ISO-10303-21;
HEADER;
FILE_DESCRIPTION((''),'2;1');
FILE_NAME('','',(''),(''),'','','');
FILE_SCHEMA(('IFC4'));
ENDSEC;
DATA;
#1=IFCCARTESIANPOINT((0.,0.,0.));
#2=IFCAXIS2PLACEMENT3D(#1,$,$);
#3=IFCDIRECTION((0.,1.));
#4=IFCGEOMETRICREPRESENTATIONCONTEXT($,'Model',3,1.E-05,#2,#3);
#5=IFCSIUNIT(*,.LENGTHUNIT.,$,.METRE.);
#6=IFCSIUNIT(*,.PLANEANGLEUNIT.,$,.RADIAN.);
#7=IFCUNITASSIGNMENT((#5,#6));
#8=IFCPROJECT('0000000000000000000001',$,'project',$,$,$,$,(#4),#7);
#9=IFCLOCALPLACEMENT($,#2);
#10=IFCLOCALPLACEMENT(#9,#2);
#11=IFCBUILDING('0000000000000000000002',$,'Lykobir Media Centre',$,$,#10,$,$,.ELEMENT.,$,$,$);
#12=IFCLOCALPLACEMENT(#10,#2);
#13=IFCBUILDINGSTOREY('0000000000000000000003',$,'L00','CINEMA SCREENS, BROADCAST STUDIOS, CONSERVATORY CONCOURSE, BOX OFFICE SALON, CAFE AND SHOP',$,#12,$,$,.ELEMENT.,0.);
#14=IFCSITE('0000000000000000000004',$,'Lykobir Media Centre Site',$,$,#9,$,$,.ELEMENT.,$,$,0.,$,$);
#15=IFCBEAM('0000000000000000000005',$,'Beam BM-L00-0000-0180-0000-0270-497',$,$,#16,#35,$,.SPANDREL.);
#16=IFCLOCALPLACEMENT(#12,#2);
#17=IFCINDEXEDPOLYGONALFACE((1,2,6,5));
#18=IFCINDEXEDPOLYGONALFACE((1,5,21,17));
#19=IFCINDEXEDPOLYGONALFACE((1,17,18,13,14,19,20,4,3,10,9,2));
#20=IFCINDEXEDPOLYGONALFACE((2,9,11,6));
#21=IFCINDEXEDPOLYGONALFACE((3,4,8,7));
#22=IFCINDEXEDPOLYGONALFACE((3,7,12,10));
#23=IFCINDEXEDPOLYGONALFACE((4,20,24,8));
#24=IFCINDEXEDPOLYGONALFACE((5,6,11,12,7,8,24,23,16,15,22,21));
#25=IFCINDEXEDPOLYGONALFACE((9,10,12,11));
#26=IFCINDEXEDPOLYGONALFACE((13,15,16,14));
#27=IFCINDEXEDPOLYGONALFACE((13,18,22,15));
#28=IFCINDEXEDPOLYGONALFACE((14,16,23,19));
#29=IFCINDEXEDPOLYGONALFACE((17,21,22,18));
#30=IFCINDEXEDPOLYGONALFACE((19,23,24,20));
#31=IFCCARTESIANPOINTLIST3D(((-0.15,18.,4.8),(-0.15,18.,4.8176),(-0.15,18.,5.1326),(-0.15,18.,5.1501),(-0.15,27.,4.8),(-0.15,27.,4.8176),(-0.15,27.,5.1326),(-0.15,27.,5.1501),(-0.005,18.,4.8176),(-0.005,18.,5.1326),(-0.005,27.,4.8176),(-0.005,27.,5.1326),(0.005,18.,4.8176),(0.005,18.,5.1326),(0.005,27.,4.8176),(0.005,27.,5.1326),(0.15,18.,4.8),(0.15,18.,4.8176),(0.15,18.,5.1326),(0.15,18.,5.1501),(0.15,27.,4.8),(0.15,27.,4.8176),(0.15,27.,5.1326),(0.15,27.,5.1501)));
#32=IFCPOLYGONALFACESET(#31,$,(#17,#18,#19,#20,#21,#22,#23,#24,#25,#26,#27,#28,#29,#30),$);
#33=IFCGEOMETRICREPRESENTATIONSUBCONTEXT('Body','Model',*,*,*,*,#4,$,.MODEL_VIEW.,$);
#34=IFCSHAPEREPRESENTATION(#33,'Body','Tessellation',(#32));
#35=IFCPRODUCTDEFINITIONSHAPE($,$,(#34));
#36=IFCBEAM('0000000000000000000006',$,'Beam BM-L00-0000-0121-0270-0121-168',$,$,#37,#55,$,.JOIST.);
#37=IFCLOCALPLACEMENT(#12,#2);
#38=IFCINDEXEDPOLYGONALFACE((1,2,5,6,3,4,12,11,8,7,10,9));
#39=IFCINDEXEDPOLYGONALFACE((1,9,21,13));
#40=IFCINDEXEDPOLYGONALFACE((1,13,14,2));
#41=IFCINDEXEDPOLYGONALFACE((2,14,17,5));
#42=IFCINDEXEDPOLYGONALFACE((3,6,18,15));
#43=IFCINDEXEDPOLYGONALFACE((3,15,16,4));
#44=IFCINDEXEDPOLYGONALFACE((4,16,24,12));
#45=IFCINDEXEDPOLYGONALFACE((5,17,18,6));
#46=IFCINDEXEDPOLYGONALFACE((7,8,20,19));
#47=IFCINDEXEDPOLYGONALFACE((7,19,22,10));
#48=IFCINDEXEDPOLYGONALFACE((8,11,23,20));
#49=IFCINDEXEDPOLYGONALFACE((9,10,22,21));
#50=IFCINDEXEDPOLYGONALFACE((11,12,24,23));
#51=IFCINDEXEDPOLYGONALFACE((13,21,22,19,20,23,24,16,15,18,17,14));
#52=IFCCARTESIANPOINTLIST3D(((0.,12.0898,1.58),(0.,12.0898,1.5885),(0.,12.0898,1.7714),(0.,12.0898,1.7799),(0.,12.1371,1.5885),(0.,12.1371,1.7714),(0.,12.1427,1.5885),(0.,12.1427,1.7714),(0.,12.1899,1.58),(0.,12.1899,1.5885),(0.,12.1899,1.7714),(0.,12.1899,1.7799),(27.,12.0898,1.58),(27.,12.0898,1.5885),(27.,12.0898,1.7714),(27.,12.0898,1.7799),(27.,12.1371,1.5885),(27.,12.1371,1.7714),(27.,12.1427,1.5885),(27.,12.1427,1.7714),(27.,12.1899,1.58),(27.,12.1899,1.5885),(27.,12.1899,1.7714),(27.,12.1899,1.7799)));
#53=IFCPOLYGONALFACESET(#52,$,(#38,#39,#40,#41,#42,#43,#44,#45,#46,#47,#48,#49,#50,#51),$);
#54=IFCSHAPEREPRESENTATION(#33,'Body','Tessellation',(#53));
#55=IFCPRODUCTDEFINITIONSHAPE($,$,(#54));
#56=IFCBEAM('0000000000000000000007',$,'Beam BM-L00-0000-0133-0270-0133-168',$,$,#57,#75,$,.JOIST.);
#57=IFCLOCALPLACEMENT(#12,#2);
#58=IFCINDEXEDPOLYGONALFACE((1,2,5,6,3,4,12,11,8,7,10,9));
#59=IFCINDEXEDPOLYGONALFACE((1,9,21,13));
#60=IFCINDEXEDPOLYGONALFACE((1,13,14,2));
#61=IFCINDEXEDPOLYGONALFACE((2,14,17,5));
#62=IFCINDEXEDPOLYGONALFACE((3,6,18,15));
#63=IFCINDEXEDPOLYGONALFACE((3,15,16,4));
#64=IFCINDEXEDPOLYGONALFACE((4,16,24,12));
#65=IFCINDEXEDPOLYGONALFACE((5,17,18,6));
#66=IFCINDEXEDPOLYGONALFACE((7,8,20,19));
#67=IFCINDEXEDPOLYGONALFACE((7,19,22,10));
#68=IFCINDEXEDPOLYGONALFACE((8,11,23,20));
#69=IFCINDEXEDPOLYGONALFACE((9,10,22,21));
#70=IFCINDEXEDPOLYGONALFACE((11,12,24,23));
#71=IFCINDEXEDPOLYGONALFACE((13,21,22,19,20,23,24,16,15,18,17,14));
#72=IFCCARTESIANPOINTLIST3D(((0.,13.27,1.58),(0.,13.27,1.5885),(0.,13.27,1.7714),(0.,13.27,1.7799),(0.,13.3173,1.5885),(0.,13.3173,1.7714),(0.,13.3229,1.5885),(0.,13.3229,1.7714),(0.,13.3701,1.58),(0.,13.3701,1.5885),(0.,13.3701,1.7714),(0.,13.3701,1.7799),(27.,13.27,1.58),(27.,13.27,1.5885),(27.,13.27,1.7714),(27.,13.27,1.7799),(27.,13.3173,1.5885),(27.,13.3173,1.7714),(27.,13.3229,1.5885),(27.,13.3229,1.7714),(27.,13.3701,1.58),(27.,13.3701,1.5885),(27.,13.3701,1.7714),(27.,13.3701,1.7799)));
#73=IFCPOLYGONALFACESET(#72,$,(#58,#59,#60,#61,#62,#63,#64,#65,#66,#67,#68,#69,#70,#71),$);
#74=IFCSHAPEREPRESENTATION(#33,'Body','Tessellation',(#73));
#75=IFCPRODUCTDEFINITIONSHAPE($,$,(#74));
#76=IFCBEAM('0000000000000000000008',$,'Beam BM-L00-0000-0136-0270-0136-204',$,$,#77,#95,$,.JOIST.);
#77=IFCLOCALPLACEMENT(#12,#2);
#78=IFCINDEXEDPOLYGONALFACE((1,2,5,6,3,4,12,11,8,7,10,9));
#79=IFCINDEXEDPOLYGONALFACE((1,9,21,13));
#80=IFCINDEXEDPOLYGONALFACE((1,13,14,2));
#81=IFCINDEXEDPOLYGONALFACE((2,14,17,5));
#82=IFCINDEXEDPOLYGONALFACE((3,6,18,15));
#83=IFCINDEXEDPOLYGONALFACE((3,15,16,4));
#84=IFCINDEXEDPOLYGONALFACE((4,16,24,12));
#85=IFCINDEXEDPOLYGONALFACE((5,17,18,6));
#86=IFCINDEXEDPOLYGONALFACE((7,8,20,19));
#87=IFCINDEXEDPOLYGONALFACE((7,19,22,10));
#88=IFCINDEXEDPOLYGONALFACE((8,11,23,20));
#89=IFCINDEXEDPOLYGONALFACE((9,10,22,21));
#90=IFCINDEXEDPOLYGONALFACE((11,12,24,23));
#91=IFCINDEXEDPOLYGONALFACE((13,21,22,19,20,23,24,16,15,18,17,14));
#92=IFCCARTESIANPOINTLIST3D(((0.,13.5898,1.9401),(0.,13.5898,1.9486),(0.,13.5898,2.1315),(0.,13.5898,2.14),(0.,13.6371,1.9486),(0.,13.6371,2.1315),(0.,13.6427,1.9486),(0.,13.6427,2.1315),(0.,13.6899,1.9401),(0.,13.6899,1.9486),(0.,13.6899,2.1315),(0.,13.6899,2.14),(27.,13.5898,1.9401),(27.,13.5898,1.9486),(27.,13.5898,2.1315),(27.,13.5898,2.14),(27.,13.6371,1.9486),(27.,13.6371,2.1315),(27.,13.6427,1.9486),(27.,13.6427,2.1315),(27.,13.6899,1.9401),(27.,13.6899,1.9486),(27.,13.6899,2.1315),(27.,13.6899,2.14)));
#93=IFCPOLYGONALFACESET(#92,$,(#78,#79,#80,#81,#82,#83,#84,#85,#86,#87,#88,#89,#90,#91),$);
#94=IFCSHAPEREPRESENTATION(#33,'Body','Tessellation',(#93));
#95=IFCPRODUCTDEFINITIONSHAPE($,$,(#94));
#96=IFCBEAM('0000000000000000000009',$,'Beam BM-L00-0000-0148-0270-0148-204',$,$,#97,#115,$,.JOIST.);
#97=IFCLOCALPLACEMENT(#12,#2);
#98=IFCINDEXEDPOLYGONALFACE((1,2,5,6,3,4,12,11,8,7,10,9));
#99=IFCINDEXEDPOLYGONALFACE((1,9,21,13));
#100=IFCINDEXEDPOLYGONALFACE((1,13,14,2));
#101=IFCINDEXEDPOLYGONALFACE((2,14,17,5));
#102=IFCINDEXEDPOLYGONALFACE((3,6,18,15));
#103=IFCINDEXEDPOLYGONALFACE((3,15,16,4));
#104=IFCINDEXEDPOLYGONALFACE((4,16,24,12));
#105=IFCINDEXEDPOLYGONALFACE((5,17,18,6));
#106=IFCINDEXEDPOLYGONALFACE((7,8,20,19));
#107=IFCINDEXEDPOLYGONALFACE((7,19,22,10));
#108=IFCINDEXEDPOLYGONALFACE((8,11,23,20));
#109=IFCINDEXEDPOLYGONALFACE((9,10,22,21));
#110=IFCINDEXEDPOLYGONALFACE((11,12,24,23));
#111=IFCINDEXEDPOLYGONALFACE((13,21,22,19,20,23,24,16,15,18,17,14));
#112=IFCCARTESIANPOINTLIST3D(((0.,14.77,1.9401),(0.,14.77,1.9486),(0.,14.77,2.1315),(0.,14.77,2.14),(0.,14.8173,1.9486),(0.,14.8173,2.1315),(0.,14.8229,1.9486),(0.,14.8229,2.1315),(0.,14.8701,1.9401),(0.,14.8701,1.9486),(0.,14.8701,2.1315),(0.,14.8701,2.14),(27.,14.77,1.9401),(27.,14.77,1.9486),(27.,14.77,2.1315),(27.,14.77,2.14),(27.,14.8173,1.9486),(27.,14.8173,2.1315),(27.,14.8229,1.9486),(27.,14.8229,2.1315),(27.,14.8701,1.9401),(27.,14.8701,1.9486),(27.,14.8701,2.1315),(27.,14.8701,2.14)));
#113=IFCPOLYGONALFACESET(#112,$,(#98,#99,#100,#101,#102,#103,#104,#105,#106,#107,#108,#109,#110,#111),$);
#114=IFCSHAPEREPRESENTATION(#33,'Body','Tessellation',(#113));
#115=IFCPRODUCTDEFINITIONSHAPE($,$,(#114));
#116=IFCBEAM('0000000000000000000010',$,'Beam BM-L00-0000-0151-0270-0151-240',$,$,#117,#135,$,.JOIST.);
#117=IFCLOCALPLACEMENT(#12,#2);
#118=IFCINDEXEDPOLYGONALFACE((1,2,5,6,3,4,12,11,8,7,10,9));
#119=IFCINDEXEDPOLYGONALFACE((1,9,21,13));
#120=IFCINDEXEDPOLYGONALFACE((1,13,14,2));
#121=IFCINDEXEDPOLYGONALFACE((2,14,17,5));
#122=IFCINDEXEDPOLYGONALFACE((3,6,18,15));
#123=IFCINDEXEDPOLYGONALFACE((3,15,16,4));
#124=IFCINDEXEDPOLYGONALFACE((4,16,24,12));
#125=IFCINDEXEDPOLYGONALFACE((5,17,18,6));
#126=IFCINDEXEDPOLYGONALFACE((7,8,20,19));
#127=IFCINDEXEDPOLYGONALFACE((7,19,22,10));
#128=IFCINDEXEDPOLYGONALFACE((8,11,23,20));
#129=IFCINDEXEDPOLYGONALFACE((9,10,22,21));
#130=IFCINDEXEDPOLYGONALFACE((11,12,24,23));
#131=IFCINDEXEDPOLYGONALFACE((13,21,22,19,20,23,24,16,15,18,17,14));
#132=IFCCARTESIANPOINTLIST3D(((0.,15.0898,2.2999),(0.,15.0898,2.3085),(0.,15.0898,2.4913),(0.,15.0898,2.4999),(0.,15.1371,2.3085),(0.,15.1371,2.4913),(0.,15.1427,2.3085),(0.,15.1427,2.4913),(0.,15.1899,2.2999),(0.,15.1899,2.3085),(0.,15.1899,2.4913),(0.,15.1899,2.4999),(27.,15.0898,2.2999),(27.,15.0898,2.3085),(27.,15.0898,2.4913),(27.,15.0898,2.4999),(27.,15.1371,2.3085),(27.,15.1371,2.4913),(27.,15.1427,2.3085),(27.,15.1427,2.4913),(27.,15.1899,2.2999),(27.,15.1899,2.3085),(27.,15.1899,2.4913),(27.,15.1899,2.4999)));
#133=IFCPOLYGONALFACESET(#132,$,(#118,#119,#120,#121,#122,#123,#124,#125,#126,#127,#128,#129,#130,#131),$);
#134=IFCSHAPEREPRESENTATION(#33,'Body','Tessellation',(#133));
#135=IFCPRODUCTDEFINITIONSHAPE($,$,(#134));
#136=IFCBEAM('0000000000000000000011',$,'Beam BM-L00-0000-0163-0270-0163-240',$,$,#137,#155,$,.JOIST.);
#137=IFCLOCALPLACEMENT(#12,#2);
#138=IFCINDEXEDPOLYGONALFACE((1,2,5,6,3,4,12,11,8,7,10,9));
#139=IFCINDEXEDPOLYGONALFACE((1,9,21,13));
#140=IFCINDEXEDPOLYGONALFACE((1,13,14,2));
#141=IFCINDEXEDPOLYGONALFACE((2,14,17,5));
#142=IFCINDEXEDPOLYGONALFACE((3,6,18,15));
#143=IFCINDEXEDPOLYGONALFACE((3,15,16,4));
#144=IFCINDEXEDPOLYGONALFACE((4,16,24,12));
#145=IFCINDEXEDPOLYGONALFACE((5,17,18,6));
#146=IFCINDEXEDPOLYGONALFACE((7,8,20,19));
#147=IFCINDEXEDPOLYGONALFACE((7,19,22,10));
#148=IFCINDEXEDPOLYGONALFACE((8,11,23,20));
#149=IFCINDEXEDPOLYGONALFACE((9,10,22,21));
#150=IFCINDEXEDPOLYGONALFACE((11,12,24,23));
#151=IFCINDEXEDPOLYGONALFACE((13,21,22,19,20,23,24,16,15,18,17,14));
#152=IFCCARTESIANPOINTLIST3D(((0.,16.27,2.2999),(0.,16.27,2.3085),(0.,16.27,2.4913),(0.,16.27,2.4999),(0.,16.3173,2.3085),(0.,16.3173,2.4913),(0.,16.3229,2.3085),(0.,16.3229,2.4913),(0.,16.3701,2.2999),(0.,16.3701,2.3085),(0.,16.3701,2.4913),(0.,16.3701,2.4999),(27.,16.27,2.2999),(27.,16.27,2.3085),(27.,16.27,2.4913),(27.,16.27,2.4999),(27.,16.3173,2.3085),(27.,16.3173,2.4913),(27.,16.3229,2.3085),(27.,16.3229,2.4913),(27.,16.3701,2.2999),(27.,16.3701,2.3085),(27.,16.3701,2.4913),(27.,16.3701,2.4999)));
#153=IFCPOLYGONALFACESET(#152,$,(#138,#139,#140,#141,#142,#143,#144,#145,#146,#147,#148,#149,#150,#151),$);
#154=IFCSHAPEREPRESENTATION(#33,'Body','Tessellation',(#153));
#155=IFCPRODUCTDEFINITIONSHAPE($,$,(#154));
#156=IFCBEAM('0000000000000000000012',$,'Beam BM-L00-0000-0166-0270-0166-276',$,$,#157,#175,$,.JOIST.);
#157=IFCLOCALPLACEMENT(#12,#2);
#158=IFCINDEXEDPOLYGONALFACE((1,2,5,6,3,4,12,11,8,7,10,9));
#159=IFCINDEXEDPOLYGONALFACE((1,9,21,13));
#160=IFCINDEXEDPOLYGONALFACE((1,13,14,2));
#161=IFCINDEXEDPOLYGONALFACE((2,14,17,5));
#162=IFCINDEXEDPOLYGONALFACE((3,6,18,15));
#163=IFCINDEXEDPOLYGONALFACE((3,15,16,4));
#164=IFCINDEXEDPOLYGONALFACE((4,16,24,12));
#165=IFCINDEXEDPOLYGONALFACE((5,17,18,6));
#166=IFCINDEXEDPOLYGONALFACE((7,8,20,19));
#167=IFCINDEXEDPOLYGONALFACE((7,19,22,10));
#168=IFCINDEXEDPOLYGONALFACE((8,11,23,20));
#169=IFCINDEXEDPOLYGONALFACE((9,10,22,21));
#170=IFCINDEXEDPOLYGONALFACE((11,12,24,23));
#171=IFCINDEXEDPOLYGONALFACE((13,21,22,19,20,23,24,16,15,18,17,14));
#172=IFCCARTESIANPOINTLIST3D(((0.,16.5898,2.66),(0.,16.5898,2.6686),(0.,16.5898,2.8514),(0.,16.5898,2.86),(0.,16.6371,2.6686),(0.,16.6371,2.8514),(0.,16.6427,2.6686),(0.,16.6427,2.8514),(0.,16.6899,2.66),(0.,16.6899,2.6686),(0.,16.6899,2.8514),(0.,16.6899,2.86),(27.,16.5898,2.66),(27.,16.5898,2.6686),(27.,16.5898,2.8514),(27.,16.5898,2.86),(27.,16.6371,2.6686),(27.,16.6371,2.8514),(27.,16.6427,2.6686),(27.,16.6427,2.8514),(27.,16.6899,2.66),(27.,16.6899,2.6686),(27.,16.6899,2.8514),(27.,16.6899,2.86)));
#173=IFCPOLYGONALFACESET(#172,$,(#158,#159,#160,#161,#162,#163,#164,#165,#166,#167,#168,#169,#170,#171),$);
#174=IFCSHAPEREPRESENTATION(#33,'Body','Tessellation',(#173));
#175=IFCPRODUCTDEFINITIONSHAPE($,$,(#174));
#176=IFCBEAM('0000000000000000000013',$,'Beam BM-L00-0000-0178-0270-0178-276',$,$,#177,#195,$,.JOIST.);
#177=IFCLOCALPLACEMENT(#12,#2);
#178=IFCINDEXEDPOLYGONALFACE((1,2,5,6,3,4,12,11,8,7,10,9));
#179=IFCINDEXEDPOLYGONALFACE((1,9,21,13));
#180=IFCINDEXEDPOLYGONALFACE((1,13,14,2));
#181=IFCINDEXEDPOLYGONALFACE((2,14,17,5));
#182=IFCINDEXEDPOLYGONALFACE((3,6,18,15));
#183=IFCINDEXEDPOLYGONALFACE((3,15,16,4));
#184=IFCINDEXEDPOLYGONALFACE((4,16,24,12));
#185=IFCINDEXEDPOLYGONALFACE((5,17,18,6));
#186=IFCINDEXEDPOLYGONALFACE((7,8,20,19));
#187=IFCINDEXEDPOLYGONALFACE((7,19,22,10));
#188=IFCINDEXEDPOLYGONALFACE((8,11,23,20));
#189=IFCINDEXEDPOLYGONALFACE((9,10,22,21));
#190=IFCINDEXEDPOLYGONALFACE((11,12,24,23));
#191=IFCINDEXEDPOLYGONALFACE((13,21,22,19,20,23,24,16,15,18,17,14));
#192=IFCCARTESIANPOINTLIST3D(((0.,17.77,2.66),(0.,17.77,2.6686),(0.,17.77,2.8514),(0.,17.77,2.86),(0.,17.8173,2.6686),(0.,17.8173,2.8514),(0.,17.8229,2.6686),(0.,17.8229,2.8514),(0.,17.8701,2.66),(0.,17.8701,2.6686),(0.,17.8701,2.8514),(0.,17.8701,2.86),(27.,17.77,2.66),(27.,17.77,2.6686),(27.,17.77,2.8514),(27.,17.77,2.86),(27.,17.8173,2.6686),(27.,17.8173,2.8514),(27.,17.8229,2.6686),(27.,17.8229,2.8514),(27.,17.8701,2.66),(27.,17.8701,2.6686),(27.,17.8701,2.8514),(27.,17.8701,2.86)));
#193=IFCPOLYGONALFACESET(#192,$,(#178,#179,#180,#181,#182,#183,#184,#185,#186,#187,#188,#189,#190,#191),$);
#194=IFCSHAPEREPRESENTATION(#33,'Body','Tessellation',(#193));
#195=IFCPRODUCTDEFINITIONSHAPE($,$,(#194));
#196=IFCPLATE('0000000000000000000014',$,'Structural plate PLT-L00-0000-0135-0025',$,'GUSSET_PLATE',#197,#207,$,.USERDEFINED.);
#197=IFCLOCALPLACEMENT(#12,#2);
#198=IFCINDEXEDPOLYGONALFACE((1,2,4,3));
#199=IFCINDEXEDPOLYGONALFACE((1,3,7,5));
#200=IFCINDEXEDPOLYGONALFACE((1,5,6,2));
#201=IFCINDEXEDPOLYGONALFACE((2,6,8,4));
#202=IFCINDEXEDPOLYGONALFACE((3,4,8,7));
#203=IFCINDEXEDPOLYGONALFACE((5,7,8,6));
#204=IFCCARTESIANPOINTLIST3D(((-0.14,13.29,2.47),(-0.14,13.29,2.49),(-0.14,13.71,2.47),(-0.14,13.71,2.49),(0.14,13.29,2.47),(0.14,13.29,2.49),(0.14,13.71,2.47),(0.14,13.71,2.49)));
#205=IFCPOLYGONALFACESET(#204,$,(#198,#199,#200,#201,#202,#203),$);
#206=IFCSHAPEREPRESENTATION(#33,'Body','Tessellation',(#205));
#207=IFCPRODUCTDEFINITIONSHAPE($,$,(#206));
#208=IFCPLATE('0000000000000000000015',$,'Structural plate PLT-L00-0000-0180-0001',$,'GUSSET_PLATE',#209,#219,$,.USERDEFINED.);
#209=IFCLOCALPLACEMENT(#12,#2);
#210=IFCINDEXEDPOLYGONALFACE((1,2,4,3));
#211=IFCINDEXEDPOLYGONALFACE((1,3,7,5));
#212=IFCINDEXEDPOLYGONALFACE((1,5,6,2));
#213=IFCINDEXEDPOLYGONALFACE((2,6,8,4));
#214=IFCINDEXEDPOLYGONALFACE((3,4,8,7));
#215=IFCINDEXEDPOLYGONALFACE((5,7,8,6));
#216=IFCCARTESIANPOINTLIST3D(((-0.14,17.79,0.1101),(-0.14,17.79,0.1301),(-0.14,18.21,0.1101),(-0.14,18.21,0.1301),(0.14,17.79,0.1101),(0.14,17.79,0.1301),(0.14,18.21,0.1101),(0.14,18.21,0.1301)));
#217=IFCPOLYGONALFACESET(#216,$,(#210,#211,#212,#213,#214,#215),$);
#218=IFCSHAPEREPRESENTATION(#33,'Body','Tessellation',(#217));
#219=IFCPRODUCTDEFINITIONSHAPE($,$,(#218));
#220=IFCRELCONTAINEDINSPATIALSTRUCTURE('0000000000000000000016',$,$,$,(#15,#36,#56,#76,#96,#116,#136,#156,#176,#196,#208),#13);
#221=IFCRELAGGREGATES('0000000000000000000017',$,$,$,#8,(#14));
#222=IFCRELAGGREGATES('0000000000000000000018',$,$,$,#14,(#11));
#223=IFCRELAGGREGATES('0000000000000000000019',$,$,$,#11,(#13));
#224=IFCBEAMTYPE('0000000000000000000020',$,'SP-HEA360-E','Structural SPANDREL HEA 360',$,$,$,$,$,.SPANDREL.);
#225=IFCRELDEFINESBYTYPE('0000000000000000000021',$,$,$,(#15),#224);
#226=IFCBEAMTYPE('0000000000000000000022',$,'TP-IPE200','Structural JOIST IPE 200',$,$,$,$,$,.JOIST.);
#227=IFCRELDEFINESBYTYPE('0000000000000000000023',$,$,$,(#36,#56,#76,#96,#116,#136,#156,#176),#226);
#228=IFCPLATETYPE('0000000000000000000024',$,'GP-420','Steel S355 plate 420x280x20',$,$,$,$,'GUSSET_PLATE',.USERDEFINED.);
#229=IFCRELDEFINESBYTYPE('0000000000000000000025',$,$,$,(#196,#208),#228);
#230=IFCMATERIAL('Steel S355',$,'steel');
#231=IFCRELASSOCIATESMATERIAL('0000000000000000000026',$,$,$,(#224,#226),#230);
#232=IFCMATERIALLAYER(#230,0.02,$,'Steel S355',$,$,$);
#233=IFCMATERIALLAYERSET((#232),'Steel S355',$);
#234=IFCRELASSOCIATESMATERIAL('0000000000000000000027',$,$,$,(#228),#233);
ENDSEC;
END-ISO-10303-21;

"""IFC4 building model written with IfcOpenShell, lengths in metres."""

from ifc_helpers import new_model, si_unit, direction, frame, origin, origin_2d, place, context, subcontext, project, spatial, rectangle, i_section, extrude, material, layer, layer_set, material_profile, profile_set, type_object, element, save


model = new_model("IFC4")

# Units and contexts
model_context = context("Model", 3, precision=1e-05, world=origin(), true_north=direction((0.0, 1.0)))
body_context = subcontext(model_context, "Body", "Model", "MODEL_VIEW")
ifc_project = project(units=[si_unit("LENGTHUNIT", "METRE"), si_unit("PLANEANGLEUNIT", "RADIAN")], contexts=[model_context])

# Site, building, storey
site_placement = place(None, origin())
site = spatial("IfcSite", under=ifc_project, at=site_placement, Name="Lykobir Media Centre Site", CompositionType="ELEMENT", RefElevation=0.0)
building_placement = place(site_placement, origin())
building = spatial("IfcBuilding", under=site, at=building_placement, Name="Lykobir Media Centre", CompositionType="ELEMENT")
storey_placement = place(building_placement, origin())
storey = spatial("IfcBuildingStorey", under=building, at=storey_placement, Name="L00", Description="CINEMA SCREENS, BROADCAST STUDIOS, CONSERVATORY CONCOURSE, BOX OFFICE SALON, CAFE AND SHOP", CompositionType="ELEMENT", Elevation=0.0)

# Shared definitions
ifc_material_1 = material(Name="Steel S355", Category="steel")

# Beams
ifc_material_profile_1 = material_profile(ifc_material_1, i_section(OverallWidth=0.3, OverallDepth=0.3501, WebThickness=0.01, FlangeThickness=0.0176, at=origin_2d()), Name="HEA 360")
ifc_profile_set_1 = profile_set([ifc_material_profile_1], Name="Steel S355")
beam_type_1 = type_object("IfcBeamType", Name="SP-HEA360-E", Description="Structural SPANDREL HEA 360", PredefinedType="SPANDREL", material=ifc_profile_set_1)
beam_1_placement = place(storey_placement, frame((0.0, 18.0, 4.9751), z_axis=(0.0, 1.0, 0.0), x_axis=(-1.0, 0.0, 0.0)))
element("IfcBeam", 1, at=beam_1_placement, inside=storey, type_object=beam_type_1, Name="Beam BM-L00-0000-0180-0000-0270-497", PredefinedType="SPANDREL", context=body_context, shape_type="SweptSolid", body=[
    extrude(i_section(OverallWidth=0.3, OverallDepth=0.3501, WebThickness=0.01, FlangeThickness=0.0176, at=origin_2d()), origin(), (0.0, 0.0, 1.0), 9.0),
])
ifc_material_profile_2 = material_profile(ifc_material_1, i_section(OverallWidth=0.1001, OverallDepth=0.2, WebThickness=0.0056, FlangeThickness=0.0085, at=origin_2d()), Name="IPE 200")
ifc_profile_set_2 = profile_set([ifc_material_profile_2], Name="Steel S355")
beam_type_2 = type_object("IfcBeamType", Name="TP-IPE200", Description="Structural JOIST IPE 200", PredefinedType="JOIST", material=ifc_profile_set_2)
for number, where, z_axis, x_axis, name in (
    (2, (0.0, 12.1399, 1.6799), (1.0, 0.0, 0.0), (0.0, 1.0, 0.0), "Beam BM-L00-0000-0121-0270-0121-168"),
    (3, (0.0, 13.3201, 1.6799), (1.0, 0.0, 0.0), (0.0, 1.0, 0.0), "Beam BM-L00-0000-0133-0270-0133-168"),
    (4, (0.0, 13.6399, 2.04), (1.0, 0.0, 0.0), (0.0, 1.0, 0.0), "Beam BM-L00-0000-0136-0270-0136-204"),
    (5, (0.0, 14.8201, 2.04), (1.0, 0.0, 0.0), (0.0, 1.0, 0.0), "Beam BM-L00-0000-0148-0270-0148-204"),
    (6, (0.0, 15.1399, 2.3999), (1.0, 0.0, 0.0), (0.0, 1.0, 0.0), "Beam BM-L00-0000-0151-0270-0151-240"),
    (7, (0.0, 16.3201, 2.3999), (1.0, 0.0, 0.0), (0.0, 1.0, 0.0), "Beam BM-L00-0000-0163-0270-0163-240"),
    (8, (0.0, 16.6399, 2.76), (1.0, 0.0, 0.0), (0.0, 1.0, 0.0), "Beam BM-L00-0000-0166-0270-0166-276"),
    (9, (0.0, 17.8201, 2.76), (1.0, 0.0, 0.0), (0.0, 1.0, 0.0), "Beam BM-L00-0000-0178-0270-0178-276"),
):
    element("IfcBeam", number, at=place(storey_placement, frame(where, z_axis=z_axis, x_axis=x_axis)), inside=storey, type_object=beam_type_2, Name=name, PredefinedType="JOIST", context=body_context, shape_type="SweptSolid", body=[
        extrude(i_section(OverallWidth=0.1001, OverallDepth=0.2, WebThickness=0.0056, FlangeThickness=0.0085, at=origin_2d()), origin(), (0.0, 0.0, 1.0), 27.0),
    ])

# Plates
ifc_layer_1 = layer(ifc_material_1, 0.02, Name="Steel S355")
ifc_layer_set_1 = layer_set([ifc_layer_1], Name="Steel S355")
plate_type_1 = type_object("IfcPlateType", Name="GP-420", Description="Steel S355 plate 420x280x20", ElementType="GUSSET_PLATE", PredefinedType="USERDEFINED", material=ifc_layer_set_1)
for number, where, z_axis, x_axis, name in (
    (10, (0.0, 13.5, 2.47), (0.0, 0.0, 1.0), (0.0, 1.0, 0.0), "Structural plate PLT-L00-0000-0135-0025"),
    (11, (0.0, 18.0, 0.1101), (0.0, 0.0, 1.0), (0.0, 1.0, 0.0), "Structural plate PLT-L00-0000-0180-0001"),
):
    element("IfcPlate", number, at=place(storey_placement, frame(where, z_axis=z_axis, x_axis=x_axis)), inside=storey, type_object=plate_type_1, Name=name, ObjectType="GUSSET_PLATE", PredefinedType="USERDEFINED", context=body_context, shape_type="SweptSolid", body=[
        extrude(rectangle(XDim=0.4199, YDim=0.28, at=origin_2d()), origin(), (0.0, 0.0, 1.0), 0.02),
    ])

save(model, "model.ifc")
